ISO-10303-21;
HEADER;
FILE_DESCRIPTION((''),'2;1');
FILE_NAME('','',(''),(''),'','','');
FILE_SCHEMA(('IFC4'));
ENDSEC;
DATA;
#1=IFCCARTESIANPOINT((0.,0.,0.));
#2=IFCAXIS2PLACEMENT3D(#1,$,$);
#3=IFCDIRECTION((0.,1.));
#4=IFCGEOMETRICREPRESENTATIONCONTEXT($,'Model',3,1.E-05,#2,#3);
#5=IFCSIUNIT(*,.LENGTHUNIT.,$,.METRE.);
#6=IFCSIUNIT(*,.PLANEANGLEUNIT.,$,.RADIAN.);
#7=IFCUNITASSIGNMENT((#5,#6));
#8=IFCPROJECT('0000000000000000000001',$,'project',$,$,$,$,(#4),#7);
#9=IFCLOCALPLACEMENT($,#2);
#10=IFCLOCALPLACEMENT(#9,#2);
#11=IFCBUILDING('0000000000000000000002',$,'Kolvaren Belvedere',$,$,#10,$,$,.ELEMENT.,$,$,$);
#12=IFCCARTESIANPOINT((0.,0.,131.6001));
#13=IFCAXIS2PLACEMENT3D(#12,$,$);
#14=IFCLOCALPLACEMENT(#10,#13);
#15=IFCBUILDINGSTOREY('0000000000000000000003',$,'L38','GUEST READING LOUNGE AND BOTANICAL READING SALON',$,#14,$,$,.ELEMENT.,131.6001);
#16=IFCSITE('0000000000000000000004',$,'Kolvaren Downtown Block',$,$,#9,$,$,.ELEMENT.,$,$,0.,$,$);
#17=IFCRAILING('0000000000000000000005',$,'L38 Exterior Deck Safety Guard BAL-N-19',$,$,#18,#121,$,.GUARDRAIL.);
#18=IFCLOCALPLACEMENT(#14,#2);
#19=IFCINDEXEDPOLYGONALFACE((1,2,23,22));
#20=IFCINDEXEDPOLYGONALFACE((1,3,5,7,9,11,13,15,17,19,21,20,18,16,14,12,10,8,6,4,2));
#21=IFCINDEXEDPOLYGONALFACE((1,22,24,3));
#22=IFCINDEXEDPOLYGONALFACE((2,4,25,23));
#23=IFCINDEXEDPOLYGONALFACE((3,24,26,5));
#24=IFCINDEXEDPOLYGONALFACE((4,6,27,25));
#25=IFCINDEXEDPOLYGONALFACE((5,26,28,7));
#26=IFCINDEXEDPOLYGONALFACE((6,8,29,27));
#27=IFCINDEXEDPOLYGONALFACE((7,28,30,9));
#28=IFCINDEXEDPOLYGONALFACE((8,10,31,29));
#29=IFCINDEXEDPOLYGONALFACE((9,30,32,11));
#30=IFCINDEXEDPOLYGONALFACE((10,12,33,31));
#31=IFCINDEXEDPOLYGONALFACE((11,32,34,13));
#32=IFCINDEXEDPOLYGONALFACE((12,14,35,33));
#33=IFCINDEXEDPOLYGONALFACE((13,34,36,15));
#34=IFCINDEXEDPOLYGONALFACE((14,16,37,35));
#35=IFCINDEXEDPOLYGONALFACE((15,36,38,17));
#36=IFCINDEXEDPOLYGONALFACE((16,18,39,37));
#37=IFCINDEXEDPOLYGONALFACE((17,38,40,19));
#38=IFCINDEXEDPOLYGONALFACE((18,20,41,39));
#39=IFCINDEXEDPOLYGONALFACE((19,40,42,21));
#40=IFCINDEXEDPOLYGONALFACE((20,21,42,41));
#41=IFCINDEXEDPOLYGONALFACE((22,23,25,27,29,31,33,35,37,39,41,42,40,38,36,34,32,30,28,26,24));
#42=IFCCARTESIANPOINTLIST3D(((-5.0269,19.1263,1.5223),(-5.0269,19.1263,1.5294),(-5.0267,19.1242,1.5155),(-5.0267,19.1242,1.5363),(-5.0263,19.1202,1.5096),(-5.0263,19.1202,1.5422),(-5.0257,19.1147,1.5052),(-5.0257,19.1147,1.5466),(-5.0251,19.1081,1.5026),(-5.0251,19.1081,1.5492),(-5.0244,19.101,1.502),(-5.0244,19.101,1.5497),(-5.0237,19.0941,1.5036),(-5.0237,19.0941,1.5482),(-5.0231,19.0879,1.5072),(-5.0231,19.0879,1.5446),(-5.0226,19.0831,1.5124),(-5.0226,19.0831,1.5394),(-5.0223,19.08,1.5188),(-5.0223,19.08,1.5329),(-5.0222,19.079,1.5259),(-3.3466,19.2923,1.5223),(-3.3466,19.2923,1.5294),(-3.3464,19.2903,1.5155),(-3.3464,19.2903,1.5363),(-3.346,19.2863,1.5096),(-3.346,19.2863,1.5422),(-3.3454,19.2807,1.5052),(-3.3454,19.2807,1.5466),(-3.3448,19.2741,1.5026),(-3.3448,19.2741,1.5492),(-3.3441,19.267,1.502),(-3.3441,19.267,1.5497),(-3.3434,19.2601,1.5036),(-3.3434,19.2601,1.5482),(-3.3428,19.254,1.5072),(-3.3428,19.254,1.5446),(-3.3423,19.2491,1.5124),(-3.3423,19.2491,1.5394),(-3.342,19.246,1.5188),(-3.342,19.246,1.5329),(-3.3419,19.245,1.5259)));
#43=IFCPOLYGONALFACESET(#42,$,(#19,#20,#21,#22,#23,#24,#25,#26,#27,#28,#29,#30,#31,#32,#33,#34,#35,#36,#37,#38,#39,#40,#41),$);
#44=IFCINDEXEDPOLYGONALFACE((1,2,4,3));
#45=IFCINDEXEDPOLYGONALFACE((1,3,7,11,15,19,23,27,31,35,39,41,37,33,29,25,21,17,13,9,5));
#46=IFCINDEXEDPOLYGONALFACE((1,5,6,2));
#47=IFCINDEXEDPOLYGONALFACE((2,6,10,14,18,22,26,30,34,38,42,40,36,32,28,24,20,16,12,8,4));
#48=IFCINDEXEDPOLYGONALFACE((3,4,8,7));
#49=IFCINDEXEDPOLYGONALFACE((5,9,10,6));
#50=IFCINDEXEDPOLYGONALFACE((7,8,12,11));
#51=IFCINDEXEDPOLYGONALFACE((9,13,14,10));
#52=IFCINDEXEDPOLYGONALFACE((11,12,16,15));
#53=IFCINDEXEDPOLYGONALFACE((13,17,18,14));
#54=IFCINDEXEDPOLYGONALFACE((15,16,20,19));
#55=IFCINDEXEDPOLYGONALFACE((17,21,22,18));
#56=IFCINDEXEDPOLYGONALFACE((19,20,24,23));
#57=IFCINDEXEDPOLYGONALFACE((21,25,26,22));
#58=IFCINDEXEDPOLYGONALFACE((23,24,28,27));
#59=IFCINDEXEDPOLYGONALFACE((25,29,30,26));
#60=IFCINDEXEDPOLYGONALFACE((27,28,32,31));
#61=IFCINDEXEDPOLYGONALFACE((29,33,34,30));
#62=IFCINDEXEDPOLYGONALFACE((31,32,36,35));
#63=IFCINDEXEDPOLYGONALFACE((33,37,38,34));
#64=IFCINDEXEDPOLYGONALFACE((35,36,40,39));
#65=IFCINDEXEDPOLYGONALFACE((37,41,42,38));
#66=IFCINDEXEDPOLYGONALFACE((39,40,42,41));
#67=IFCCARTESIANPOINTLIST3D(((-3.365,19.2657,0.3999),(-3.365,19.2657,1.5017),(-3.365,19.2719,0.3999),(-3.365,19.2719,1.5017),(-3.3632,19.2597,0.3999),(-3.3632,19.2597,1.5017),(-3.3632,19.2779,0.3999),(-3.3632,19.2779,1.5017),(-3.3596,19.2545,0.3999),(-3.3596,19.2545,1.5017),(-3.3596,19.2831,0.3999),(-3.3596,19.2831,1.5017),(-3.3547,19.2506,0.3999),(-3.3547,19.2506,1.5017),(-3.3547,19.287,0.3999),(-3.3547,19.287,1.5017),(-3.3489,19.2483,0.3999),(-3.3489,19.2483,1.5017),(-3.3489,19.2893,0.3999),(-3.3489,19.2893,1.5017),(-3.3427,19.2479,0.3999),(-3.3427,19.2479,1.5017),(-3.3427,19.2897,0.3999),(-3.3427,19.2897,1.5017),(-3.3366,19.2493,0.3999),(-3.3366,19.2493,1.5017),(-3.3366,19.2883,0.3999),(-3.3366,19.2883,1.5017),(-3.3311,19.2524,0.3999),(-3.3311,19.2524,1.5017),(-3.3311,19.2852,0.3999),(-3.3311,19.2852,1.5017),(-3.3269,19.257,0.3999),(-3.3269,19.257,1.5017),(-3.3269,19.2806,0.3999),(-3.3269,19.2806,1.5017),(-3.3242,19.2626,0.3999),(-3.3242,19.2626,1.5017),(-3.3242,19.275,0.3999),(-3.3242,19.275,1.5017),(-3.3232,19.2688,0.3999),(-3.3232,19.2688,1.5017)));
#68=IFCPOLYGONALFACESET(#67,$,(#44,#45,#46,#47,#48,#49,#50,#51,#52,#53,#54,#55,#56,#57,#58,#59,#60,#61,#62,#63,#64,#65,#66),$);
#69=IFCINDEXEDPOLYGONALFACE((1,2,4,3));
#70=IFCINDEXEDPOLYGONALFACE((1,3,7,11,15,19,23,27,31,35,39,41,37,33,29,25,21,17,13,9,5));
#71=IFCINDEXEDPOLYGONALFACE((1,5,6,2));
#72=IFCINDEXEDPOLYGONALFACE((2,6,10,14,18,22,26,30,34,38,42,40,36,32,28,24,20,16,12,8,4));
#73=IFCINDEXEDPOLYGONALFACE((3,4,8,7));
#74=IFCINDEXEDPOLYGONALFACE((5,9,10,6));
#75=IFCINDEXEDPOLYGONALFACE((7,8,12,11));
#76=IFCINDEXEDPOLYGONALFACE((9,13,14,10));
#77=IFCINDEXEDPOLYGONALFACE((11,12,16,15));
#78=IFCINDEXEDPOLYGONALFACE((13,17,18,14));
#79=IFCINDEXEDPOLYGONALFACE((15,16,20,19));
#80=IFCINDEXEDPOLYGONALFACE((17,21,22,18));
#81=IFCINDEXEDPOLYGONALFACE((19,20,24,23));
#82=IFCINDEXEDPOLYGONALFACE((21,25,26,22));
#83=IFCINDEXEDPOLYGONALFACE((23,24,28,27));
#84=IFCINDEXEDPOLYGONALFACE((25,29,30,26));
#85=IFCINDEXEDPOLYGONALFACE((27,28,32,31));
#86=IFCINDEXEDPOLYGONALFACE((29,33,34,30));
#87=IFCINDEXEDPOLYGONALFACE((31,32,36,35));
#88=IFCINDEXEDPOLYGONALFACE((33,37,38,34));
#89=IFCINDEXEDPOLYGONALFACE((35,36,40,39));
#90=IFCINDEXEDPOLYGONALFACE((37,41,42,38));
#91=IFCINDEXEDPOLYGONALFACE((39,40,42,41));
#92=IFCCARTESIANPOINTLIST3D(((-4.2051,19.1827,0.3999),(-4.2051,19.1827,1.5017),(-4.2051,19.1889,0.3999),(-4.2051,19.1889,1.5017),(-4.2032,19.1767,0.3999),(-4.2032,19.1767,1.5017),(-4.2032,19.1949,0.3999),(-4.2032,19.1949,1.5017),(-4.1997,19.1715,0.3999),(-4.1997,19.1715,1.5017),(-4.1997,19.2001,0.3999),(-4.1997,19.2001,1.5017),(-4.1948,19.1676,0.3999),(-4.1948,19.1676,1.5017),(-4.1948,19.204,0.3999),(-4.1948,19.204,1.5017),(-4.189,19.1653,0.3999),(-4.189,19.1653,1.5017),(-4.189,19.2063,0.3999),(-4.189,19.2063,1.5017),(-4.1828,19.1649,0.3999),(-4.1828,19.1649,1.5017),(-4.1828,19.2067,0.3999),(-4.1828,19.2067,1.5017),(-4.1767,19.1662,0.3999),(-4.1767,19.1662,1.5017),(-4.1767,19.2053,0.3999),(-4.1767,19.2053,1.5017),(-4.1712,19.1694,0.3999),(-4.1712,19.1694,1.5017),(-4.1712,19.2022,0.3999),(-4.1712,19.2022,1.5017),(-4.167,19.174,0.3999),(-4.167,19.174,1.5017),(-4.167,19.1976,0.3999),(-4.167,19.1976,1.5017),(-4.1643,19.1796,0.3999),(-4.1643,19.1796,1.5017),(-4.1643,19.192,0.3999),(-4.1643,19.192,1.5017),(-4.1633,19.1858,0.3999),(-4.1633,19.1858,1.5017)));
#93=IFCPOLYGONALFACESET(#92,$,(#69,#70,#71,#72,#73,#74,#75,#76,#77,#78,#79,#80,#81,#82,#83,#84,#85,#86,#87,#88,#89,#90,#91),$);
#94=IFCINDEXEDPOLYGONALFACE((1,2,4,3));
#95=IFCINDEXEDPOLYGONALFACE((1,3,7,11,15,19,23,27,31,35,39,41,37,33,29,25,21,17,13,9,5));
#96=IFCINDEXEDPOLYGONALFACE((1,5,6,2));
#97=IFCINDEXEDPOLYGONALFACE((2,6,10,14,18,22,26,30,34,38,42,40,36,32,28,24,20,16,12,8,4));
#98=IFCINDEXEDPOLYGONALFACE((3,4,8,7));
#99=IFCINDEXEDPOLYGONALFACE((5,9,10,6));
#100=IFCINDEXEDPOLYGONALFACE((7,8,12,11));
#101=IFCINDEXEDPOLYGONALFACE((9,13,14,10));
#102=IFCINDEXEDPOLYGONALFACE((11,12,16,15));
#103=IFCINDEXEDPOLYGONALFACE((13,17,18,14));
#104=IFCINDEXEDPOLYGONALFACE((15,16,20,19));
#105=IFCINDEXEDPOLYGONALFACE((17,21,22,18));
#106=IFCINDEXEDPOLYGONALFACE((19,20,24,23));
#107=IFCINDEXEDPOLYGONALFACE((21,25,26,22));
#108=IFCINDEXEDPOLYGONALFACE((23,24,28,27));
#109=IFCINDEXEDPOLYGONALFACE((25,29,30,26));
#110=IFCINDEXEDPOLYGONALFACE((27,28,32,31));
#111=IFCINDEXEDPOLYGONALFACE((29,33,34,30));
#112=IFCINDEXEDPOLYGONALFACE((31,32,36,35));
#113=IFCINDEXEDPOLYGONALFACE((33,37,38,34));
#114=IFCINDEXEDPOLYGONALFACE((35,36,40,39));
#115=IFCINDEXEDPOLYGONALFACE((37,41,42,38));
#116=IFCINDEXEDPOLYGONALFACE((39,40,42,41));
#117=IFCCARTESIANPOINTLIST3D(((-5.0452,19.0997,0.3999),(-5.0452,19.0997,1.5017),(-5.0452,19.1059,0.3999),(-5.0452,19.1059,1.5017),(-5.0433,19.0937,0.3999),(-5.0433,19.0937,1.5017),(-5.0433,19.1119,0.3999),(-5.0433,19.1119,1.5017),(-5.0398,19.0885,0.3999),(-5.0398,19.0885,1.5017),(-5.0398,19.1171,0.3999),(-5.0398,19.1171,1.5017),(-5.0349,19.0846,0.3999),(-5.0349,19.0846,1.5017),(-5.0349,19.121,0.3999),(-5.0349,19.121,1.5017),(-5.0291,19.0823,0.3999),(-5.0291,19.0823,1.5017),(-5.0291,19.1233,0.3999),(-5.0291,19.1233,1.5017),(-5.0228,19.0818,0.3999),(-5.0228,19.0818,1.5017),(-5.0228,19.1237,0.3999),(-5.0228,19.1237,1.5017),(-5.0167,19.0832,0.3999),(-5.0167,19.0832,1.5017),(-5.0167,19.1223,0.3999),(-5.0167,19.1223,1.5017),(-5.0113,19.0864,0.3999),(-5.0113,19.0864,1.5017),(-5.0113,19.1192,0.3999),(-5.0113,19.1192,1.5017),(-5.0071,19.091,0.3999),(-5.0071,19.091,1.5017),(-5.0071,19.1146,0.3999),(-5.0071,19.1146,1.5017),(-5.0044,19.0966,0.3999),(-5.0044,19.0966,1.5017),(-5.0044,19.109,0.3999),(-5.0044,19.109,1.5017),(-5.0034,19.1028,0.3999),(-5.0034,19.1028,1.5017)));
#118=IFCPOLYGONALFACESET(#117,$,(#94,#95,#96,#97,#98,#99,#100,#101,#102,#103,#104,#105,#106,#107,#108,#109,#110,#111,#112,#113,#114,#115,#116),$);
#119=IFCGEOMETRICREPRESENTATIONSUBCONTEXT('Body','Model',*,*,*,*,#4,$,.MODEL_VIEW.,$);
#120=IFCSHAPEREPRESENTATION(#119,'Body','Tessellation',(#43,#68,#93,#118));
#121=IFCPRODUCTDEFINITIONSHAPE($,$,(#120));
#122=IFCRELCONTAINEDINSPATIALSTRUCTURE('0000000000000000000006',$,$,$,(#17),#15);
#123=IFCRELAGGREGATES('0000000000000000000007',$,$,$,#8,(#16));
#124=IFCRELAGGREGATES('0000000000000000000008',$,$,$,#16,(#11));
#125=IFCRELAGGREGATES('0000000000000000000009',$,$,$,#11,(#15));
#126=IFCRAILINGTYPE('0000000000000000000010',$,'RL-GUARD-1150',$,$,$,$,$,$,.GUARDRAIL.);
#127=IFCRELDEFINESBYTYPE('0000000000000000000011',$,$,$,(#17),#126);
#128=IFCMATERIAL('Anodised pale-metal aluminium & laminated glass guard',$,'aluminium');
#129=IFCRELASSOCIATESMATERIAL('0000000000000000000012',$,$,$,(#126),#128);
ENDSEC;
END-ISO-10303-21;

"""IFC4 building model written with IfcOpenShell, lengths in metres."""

from ifc_helpers import new_model, si_unit, direction, frame, origin, origin_2d, place, context, subcontext, project, spatial, circle, extrude, material, type_object, element, save


model = new_model("IFC4")

# Units and contexts
model_context = context("Model", 3, precision=1e-05, world=origin(), true_north=direction((0.0, 1.0)))
body_context = subcontext(model_context, "Body", "Model", "MODEL_VIEW")
ifc_project = project(units=[si_unit("LENGTHUNIT", "METRE"), si_unit("PLANEANGLEUNIT", "RADIAN")], contexts=[model_context])

# Site, building, storey
site_placement = place(None, origin())
site = spatial("IfcSite", under=ifc_project, at=site_placement, Name="Kolvaren Downtown Block", CompositionType="ELEMENT", RefElevation=0.0)
building_placement = place(site_placement, origin())
building = spatial("IfcBuilding", under=site, at=building_placement, Name="Kolvaren Belvedere", CompositionType="ELEMENT")
storey_placement = place(building_placement, frame((0.0, 0.0, 131.6001)))
storey = spatial("IfcBuildingStorey", under=building, at=storey_placement, Name="L38", Description="GUEST READING LOUNGE AND BOTANICAL READING SALON", CompositionType="ELEMENT", Elevation=131.6001)

# Railing
ifc_material_1 = material(Name="Anodised pale-metal aluminium & laminated glass guard", Category="aluminium")
railing_type = type_object("IfcRailingType", Name="RL-GUARD-1150", PredefinedType="GUARDRAIL", material=ifc_material_1)
railing_1_placement = place(storey_placement, frame((-3.3442, 19.2688, 0.3999)))
element("IfcRailing", 1, at=railing_1_placement, inside=storey, type_object=railing_type, Name="L38 Exterior Deck Safety Guard BAL-N-19", PredefinedType="GUARDRAIL", context=body_context, shape_type="SweptSolid", body=[
    extrude(circle(Radius=0.0239, at=origin_2d()), frame((0.0, 0.0, 1.126), z_axis=(-0.995154, -0.09833, 0.0), x_axis=(0.09833, -0.995154, 0.0)), (0.0, 0.0, 1.0), 1.6885),
    extrude(circle(Radius=0.021, at=origin_2d()), origin(), (0.0, 0.0, 1.0), 1.1018),
    extrude(circle(Radius=0.021, at=origin_2d()), frame((-0.8401, -0.083, 0.0)), (0.0, 0.0, 1.0), 1.1018),
    extrude(circle(Radius=0.021, at=origin_2d()), frame((-1.6802, -0.166, 0.0)), (0.0, 0.0, 1.0), 1.1018),
])

save(model, "model.ifc")
